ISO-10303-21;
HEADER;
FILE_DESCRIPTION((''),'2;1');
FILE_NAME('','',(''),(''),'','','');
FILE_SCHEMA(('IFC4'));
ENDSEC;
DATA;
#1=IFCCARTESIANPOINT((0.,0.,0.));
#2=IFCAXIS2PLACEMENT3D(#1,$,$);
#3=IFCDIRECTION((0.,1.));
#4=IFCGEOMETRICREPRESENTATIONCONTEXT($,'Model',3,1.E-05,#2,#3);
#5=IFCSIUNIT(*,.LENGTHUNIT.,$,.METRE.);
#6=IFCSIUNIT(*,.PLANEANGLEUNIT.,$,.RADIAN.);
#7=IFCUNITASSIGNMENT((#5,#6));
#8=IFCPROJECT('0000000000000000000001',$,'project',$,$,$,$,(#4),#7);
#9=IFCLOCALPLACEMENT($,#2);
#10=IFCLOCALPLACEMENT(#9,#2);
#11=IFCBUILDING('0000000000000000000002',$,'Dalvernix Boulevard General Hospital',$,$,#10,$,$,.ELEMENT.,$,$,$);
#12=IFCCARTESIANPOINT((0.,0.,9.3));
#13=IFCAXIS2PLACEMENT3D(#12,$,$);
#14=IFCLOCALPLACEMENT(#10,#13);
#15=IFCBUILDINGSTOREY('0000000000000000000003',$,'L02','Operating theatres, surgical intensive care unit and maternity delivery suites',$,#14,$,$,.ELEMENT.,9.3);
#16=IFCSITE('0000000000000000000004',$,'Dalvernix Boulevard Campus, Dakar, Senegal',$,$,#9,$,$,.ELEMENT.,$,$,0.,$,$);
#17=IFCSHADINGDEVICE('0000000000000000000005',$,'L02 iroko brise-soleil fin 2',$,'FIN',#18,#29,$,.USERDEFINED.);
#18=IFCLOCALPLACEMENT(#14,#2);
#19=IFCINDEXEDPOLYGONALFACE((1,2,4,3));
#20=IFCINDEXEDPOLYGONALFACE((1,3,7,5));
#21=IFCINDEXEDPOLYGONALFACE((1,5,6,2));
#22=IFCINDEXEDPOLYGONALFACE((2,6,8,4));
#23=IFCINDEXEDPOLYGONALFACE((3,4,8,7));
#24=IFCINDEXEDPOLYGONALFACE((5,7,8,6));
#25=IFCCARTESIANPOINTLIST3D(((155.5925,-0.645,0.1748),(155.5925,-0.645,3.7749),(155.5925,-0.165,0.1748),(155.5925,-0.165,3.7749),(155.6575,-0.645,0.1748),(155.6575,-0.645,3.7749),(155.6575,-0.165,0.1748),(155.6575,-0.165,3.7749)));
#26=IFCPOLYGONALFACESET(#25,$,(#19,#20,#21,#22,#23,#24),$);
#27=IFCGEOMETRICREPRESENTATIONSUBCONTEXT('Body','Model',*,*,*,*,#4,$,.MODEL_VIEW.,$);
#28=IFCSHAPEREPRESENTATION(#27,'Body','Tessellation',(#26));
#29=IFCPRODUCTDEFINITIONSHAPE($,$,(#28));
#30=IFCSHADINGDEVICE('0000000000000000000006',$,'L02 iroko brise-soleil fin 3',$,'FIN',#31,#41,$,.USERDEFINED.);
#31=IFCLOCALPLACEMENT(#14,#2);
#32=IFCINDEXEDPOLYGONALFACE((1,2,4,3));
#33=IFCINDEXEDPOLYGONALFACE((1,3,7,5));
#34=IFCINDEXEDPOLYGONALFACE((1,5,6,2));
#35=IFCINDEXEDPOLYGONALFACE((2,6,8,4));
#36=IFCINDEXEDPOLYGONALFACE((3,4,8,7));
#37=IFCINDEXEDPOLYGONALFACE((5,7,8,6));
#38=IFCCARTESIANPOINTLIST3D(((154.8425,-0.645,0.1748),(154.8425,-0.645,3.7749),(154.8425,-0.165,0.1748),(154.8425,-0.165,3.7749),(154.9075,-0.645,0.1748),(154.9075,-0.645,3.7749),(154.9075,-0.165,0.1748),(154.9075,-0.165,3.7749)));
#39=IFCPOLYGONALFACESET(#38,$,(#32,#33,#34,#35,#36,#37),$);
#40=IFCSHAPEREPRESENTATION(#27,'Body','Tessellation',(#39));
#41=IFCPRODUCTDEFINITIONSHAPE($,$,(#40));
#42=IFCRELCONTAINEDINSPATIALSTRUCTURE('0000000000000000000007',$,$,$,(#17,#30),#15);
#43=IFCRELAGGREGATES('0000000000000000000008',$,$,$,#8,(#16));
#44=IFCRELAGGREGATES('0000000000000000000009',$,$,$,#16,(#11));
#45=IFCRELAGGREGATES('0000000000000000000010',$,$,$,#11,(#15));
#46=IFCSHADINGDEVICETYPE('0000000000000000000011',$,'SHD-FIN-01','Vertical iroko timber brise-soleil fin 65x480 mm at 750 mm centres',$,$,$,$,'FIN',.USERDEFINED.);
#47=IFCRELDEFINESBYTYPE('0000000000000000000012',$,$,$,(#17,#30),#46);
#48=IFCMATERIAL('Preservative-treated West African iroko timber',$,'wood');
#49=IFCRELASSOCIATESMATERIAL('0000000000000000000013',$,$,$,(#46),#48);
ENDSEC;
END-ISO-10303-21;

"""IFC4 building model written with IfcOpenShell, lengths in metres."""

from ifc_helpers import new_model, si_unit, direction, frame, origin, origin_2d, place, context, subcontext, project, spatial, rectangle, extrude, material, type_object, element, save


model = new_model("IFC4")

# Units and contexts
model_context = context("Model", 3, precision=1e-05, world=origin(), true_north=direction((0.0, 1.0)))
body_context = subcontext(model_context, "Body", "Model", "MODEL_VIEW")
ifc_project = project(units=[si_unit("LENGTHUNIT", "METRE"), si_unit("PLANEANGLEUNIT", "RADIAN")], contexts=[model_context])

# Site, building, storey
site_placement = place(None, origin())
site = spatial("IfcSite", under=ifc_project, at=site_placement, Name="Dalvernix Boulevard Campus, Dakar, Senegal", CompositionType="ELEMENT", RefElevation=0.0)
building_placement = place(site_placement, origin())
building = spatial("IfcBuilding", under=site, at=building_placement, Name="Dalvernix Boulevard General Hospital", CompositionType="ELEMENT")
storey_placement = place(building_placement, frame((0.0, 0.0, 9.3)))
storey = spatial("IfcBuildingStorey", under=building, at=storey_placement, Name="L02", Description="Operating theatres, surgical intensive care unit and maternity delivery suites", CompositionType="ELEMENT", Elevation=9.3)

# Shading devices
ifc_material_1 = material(Name="Preservative-treated West African iroko timber", Category="wood")
shading_device_type = type_object("IfcShadingDeviceType", Name="SHD-FIN-01", Description="Vertical iroko timber brise-soleil fin 65x480 mm at 750 mm centres", ElementType="FIN", PredefinedType="USERDEFINED", material=ifc_material_1)
for number, where, z_axis, x_axis, name in (
    (1, (155.625, -0.405, 0.1748), (0.0, 0.0, 1.0), (-1.0, 0.0, 0.0), "L02 iroko brise-soleil fin 2"),
    (2, (154.875, -0.405, 0.1748), (0.0, 0.0, 1.0), (-1.0, 0.0, 0.0), "L02 iroko brise-soleil fin 3"),
):
    element("IfcShadingDevice", number, at=place(storey_placement, frame(where, z_axis=z_axis, x_axis=x_axis)), inside=storey, type_object=shading_device_type, Name=name, ObjectType="FIN", PredefinedType="USERDEFINED", context=body_context, shape_type="SweptSolid", body=[
        extrude(rectangle(XDim=0.0649, YDim=0.48, at=origin_2d()), origin(), (0.0, 0.0, 1.0), 3.6001),
    ])

save(model, "model.ifc")
